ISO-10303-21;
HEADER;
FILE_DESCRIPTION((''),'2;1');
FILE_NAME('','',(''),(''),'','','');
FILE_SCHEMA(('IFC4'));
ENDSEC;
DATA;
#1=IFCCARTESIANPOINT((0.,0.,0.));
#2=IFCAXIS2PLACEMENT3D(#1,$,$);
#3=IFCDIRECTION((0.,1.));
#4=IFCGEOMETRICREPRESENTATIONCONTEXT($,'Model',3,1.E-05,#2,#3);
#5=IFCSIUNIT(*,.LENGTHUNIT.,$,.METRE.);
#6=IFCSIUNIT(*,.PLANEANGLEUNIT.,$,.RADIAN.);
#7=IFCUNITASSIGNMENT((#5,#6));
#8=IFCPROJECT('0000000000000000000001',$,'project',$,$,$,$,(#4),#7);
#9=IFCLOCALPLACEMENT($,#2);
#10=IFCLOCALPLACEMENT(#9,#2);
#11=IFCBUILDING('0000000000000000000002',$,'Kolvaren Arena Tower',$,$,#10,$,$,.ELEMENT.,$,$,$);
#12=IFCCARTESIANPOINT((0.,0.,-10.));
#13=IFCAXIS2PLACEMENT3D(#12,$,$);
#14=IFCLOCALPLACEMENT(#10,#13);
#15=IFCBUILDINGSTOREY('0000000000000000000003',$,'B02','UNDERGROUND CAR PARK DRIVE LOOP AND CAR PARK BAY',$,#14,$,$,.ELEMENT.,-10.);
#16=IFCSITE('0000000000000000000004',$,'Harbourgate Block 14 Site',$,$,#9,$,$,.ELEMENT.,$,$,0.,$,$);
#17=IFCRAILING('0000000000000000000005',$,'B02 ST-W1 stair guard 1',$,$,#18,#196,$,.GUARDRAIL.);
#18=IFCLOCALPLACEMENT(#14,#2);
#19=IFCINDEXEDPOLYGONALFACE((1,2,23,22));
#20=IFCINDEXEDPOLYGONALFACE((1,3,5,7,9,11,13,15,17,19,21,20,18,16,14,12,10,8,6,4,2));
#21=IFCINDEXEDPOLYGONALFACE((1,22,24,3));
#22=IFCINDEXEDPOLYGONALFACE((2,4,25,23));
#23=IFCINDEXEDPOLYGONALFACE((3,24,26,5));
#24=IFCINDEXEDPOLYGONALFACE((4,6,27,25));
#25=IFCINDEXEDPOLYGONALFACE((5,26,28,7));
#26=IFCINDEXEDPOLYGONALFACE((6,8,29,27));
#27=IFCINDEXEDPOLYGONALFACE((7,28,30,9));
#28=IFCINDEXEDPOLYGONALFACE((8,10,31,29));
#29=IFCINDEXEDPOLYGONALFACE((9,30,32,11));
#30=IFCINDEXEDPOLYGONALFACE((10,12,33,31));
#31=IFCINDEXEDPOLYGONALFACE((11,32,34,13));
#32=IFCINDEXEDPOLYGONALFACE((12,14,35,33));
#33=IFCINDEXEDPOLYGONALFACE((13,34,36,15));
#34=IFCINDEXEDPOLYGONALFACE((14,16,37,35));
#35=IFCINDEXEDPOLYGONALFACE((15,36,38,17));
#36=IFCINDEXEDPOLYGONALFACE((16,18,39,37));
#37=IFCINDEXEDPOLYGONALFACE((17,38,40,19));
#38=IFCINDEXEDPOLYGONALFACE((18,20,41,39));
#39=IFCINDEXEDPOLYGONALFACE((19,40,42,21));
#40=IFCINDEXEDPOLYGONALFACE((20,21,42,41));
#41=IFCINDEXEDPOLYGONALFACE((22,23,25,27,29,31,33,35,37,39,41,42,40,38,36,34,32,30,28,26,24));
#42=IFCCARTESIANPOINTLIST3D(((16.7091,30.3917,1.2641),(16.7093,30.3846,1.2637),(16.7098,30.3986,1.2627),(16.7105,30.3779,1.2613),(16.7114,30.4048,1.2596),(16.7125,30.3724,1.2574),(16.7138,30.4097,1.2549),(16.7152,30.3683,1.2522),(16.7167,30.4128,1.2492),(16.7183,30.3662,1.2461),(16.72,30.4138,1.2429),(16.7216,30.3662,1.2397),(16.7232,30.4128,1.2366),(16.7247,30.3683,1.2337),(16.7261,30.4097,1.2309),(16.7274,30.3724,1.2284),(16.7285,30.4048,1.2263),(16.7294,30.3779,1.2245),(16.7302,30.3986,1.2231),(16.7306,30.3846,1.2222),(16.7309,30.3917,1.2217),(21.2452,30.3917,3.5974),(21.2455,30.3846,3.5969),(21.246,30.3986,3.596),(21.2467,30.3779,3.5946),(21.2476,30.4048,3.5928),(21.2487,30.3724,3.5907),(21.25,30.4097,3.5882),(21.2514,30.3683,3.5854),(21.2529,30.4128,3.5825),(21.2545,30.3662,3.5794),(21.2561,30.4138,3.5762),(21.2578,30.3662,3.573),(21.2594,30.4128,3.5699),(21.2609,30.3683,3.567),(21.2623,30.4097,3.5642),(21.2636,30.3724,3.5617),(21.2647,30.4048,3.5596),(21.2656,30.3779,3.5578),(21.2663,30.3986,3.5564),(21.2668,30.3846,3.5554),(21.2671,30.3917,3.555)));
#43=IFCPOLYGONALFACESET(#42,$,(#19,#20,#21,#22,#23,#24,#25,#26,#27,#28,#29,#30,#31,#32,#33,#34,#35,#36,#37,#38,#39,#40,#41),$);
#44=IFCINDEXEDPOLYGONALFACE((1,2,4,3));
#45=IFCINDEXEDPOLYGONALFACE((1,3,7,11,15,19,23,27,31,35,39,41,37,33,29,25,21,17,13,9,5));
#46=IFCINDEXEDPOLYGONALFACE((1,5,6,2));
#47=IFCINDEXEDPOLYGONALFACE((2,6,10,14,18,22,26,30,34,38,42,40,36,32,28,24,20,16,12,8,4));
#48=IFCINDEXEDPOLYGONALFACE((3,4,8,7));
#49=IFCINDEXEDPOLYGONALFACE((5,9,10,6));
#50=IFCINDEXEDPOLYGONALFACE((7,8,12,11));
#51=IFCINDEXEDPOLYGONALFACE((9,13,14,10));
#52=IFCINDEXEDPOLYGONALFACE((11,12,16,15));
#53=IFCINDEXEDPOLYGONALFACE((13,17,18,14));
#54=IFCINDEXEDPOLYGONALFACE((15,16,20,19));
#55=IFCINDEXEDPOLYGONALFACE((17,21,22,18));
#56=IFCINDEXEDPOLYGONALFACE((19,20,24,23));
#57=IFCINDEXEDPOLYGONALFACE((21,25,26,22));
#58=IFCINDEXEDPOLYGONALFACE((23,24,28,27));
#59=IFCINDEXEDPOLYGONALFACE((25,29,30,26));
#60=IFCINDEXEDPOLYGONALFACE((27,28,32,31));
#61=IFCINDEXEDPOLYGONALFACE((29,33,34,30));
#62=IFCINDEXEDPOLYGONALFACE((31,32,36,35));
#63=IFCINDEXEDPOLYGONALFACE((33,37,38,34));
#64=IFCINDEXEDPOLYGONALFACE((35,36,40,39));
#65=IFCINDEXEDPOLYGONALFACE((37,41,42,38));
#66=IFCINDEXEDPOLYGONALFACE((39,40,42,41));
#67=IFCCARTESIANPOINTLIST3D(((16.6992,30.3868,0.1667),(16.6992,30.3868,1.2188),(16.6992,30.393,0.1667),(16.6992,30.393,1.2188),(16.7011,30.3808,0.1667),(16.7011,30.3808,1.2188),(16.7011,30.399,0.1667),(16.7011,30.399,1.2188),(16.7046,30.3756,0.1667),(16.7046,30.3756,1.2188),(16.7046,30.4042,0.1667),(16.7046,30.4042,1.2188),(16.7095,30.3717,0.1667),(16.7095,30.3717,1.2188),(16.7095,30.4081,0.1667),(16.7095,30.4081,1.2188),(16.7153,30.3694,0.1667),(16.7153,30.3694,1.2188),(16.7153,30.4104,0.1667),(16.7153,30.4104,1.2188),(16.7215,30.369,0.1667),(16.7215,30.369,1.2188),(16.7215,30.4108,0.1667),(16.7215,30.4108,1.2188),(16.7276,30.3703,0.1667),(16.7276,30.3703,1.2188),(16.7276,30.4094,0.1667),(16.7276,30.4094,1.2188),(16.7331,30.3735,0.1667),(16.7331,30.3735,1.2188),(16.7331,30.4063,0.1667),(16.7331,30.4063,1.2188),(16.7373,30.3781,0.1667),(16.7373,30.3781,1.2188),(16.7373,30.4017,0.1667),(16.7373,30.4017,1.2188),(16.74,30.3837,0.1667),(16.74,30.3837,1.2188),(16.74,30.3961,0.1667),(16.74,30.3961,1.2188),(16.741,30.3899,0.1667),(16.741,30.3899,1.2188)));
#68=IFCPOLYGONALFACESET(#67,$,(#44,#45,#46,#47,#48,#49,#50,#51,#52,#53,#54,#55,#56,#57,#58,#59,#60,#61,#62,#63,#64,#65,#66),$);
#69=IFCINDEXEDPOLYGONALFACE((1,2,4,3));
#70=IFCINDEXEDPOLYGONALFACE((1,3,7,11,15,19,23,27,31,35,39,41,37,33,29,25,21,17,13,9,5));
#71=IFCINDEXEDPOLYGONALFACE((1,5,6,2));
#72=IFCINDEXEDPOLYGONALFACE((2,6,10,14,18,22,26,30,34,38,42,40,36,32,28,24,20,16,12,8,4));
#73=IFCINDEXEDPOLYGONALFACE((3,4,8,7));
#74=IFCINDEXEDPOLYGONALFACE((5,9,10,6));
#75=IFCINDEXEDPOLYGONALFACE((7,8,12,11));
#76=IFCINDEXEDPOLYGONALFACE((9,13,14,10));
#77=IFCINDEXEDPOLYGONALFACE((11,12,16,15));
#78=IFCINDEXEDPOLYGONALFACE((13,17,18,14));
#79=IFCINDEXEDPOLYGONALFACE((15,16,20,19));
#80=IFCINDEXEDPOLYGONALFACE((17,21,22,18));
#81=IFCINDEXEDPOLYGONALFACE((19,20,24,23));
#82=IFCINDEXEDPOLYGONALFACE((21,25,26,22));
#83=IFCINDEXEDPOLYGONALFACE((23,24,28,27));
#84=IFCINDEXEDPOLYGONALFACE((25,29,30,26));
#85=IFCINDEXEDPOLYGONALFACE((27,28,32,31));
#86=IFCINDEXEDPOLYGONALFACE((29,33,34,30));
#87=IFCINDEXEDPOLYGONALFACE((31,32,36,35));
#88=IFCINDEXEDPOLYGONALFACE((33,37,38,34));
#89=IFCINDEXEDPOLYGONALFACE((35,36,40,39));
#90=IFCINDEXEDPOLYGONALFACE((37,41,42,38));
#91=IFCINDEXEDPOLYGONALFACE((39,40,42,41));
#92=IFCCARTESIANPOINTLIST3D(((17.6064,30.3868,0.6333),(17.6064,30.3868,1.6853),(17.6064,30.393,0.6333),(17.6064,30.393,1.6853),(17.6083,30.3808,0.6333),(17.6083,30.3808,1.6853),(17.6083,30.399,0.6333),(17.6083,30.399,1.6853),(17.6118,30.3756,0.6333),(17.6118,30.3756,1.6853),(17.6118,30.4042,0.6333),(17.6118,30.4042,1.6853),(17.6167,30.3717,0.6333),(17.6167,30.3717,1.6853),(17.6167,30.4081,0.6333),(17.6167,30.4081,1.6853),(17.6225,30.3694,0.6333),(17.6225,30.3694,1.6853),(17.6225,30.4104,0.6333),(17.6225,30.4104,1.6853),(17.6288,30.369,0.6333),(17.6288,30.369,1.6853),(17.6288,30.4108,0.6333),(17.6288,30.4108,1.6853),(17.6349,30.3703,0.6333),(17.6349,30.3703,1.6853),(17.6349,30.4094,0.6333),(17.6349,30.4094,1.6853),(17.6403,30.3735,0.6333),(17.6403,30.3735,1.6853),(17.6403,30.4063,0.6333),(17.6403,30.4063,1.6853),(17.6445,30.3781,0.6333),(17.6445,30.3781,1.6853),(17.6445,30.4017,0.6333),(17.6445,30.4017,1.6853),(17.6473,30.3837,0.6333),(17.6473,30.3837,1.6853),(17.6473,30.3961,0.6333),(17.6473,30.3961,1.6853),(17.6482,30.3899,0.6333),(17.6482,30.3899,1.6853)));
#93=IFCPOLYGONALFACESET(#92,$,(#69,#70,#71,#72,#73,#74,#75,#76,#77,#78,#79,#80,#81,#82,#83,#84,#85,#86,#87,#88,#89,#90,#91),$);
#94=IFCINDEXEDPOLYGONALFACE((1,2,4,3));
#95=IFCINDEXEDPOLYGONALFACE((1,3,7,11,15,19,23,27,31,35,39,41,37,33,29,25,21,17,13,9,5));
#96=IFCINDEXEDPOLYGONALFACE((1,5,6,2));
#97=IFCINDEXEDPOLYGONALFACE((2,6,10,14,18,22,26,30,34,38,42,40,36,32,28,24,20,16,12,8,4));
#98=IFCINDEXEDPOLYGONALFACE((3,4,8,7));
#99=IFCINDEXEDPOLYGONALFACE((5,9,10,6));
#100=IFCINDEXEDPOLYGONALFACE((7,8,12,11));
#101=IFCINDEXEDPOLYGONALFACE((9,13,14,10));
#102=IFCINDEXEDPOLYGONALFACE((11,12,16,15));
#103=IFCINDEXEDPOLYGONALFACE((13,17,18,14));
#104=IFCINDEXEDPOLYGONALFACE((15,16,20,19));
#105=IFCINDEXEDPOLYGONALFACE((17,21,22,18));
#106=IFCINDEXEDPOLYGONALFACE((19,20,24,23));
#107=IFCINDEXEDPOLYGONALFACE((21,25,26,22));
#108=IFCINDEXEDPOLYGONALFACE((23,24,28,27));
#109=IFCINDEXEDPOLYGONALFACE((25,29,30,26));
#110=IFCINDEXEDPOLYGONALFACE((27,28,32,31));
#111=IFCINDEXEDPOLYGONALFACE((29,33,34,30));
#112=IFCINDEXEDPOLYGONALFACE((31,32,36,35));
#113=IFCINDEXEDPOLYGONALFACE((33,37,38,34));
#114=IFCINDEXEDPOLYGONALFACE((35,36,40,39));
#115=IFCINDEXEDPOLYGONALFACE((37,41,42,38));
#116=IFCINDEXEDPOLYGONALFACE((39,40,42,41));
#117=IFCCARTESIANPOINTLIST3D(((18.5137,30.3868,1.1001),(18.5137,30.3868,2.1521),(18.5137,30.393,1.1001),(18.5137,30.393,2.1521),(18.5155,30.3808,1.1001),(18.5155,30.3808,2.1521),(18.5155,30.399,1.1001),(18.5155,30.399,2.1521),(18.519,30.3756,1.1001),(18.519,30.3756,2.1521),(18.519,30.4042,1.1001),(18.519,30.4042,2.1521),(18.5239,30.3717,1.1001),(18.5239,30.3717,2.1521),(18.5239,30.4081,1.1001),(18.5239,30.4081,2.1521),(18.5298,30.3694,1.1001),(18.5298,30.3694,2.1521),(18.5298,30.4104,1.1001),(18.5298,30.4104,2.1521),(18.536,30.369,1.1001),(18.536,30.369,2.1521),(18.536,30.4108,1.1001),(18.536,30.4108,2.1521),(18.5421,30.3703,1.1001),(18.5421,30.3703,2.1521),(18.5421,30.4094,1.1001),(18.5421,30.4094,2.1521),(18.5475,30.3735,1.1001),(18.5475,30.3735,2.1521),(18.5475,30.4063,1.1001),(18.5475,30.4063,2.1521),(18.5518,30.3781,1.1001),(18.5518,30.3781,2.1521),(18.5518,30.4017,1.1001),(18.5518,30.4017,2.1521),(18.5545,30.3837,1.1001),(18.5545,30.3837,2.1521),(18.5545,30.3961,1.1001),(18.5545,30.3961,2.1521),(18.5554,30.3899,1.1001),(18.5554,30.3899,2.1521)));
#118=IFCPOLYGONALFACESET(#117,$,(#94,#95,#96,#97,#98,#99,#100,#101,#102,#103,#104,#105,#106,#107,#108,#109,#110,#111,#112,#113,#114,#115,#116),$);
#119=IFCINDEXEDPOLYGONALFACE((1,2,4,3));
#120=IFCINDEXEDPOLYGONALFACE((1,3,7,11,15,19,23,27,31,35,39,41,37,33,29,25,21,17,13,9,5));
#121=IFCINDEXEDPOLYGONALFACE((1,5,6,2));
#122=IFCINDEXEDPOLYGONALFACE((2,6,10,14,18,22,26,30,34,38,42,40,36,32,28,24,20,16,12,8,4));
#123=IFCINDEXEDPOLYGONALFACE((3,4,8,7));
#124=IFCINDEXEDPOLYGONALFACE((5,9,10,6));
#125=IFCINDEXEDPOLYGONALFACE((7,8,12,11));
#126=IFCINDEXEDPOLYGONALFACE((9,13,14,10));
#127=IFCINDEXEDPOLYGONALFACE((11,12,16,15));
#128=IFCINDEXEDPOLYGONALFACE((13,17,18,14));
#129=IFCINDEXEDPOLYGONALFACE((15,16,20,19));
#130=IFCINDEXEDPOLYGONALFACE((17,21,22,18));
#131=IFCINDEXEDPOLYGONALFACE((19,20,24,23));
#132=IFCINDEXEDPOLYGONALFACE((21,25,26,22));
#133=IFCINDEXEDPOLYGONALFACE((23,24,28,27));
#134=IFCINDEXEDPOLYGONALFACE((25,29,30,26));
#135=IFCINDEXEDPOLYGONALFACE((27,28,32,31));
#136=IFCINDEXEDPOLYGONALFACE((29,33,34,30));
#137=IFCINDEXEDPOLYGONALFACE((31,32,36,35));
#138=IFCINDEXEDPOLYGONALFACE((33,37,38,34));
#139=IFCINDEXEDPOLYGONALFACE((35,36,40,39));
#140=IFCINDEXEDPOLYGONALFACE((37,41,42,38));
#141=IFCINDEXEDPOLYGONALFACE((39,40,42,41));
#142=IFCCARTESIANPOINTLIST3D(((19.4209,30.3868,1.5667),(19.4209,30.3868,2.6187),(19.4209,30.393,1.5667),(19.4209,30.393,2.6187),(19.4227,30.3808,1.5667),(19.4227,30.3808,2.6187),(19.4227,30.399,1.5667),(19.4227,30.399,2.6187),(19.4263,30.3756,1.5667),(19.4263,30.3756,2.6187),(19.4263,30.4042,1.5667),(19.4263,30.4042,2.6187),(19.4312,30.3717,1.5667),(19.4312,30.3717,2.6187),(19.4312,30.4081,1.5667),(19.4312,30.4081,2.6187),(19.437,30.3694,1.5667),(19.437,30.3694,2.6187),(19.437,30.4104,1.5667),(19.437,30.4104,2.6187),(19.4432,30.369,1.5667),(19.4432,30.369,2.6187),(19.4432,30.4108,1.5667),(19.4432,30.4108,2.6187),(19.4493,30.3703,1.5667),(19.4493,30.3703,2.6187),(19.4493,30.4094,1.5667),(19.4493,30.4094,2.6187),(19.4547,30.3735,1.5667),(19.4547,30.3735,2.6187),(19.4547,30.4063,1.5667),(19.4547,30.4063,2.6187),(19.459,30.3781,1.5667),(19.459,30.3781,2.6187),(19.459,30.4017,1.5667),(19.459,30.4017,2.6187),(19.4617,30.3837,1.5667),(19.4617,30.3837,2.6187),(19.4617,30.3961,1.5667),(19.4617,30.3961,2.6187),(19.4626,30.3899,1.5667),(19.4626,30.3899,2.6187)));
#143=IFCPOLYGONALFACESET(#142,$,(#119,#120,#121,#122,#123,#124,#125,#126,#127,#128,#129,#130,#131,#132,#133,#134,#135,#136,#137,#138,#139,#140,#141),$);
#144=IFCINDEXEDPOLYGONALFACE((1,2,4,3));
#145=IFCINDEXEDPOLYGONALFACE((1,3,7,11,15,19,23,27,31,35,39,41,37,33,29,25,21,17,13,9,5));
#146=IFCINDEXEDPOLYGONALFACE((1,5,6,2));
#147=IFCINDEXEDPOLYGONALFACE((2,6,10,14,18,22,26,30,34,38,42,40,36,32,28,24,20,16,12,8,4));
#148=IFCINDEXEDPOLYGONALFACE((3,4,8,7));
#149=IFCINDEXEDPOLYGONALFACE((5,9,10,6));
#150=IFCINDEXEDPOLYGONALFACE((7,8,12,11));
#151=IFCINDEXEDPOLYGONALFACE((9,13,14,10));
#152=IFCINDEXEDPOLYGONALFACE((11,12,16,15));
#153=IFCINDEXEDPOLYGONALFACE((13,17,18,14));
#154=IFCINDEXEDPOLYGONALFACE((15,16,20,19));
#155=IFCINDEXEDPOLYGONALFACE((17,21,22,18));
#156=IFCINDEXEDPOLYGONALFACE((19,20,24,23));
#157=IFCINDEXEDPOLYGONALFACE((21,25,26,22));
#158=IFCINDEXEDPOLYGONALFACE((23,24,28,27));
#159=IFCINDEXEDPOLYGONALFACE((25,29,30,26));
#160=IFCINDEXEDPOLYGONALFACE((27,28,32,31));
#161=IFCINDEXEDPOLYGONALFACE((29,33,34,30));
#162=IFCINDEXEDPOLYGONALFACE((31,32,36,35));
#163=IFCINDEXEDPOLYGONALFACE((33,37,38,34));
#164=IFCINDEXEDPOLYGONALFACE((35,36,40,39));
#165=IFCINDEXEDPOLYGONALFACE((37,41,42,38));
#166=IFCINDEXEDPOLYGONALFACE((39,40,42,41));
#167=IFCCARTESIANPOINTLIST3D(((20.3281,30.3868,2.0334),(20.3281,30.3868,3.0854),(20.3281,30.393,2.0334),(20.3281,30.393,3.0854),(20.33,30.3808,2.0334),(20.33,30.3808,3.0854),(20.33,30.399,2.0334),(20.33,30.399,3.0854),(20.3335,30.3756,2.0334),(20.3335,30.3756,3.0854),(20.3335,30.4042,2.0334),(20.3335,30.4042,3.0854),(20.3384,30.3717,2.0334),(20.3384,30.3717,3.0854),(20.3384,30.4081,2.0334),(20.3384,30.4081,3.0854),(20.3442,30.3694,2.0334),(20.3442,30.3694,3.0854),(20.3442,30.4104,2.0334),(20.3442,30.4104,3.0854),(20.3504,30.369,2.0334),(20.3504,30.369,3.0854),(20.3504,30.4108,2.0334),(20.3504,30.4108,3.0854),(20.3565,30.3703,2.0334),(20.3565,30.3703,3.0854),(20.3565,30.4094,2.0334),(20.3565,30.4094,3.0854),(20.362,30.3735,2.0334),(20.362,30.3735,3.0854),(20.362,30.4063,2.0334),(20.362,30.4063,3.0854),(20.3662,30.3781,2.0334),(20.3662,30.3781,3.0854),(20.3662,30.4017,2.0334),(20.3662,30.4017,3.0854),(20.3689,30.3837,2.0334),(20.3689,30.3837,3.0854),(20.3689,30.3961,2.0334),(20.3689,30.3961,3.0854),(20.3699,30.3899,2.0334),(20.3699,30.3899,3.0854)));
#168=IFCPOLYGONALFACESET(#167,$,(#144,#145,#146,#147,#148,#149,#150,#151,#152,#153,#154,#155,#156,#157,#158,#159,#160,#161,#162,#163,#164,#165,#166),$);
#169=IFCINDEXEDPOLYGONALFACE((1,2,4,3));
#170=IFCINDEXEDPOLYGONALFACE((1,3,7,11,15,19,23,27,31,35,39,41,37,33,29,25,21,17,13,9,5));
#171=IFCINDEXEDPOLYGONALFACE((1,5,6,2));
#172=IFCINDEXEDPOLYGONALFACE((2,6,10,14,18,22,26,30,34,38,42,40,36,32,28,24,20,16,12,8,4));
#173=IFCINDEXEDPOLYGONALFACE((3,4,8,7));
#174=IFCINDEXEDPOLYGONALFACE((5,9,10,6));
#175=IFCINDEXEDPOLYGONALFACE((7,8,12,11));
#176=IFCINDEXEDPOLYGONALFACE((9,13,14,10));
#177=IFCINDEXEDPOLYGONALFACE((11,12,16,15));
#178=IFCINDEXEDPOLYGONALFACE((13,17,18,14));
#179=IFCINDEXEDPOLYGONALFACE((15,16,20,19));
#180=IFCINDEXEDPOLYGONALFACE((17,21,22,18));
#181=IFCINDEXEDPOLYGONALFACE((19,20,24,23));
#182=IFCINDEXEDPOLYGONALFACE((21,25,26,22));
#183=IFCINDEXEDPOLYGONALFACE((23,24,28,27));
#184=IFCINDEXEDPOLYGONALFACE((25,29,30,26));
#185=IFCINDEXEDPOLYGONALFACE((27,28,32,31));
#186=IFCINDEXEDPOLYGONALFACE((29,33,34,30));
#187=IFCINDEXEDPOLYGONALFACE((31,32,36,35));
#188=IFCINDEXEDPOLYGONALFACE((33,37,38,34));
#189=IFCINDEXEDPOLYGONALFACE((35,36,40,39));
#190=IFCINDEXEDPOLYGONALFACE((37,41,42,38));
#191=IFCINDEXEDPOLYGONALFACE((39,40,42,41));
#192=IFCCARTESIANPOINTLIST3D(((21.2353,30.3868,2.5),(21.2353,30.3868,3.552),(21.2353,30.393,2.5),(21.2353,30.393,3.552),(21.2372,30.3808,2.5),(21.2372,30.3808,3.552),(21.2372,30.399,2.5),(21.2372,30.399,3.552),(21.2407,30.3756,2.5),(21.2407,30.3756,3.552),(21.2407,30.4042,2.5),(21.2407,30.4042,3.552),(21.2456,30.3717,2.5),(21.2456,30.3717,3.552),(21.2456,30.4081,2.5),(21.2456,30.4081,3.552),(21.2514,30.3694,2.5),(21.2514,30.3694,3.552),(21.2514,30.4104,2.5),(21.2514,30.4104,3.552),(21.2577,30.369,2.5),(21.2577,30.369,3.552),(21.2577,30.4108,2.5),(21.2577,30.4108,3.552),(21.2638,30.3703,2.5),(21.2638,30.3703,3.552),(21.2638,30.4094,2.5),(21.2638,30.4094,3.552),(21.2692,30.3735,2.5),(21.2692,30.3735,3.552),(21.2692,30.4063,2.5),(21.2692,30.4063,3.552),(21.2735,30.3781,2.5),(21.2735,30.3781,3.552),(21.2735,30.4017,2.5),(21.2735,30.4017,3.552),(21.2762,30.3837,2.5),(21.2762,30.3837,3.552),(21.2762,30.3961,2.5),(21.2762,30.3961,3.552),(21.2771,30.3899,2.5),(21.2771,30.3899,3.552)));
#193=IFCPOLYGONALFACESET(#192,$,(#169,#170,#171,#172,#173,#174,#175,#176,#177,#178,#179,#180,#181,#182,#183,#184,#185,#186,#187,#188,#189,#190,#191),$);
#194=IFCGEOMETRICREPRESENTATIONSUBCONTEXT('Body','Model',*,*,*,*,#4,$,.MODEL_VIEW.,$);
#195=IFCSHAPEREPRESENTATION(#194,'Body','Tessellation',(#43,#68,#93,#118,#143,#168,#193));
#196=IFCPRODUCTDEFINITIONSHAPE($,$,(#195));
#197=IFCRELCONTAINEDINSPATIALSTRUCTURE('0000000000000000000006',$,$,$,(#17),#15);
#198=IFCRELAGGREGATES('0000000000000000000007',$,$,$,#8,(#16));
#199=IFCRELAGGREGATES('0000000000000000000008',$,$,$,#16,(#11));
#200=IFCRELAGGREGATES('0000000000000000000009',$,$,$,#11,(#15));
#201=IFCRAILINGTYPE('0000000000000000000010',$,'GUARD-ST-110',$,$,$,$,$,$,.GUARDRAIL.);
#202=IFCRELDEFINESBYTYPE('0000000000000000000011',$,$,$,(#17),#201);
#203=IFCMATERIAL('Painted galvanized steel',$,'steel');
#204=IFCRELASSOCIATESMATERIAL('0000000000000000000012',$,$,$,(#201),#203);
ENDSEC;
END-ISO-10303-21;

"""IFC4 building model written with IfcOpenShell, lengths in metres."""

from ifc_helpers import new_model, si_unit, direction, frame, origin, origin_2d, place, context, subcontext, project, spatial, circle, extrude, material, type_object, element, save


model = new_model("IFC4")

# Units and contexts
model_context = context("Model", 3, precision=1e-05, world=origin(), true_north=direction((0.0, 1.0)))
body_context = subcontext(model_context, "Body", "Model", "MODEL_VIEW")
ifc_project = project(units=[si_unit("LENGTHUNIT", "METRE"), si_unit("PLANEANGLEUNIT", "RADIAN")], contexts=[model_context])

# Site, building, storey
site_placement = place(None, origin())
site = spatial("IfcSite", under=ifc_project, at=site_placement, Name="Harbourgate Block 14 Site", CompositionType="ELEMENT", RefElevation=0.0)
building_placement = place(site_placement, origin())
building = spatial("IfcBuilding", under=site, at=building_placement, Name="Kolvaren Arena Tower", CompositionType="ELEMENT")
storey_placement = place(building_placement, frame((0.0, 0.0, -10.0)))
storey = spatial("IfcBuildingStorey", under=building, at=storey_placement, Name="B02", Description="UNDERGROUND CAR PARK DRIVE LOOP AND CAR PARK BAY", CompositionType="ELEMENT", Elevation=-10.0)

# Railing
ifc_material_1 = material(Name="Painted galvanized steel", Category="steel")
railing_type_1 = type_object("IfcRailingType", Name="GUARD-ST-110", PredefinedType="GUARDRAIL", material=ifc_material_1)
railing_1_placement = place(storey_placement, frame((16.72, 30.3899, 0.1667)))
element("IfcRailing", 1, at=railing_1_placement, inside=storey, type_object=railing_type_1, Name="B02 ST-W1 stair guard 1", PredefinedType="GUARDRAIL", context=body_context, shape_type="SweptSolid", body=[
    extrude(circle(Radius=0.0239, at=origin_2d()), frame((0.0, 0.0, 1.0762), z_axis=(0.889257, 0.0, 0.457407), x_axis=(0.0, 1.0, 0.0)), (0.0, 0.0, 1.0), 5.1011),
    extrude(circle(Radius=0.021, at=origin_2d()), origin(), (0.0, 0.0, 1.0), 1.052),
    extrude(circle(Radius=0.021, at=origin_2d()), frame((0.9072, 0.0, 0.4666)), (0.0, 0.0, 1.0), 1.052),
    extrude(circle(Radius=0.021, at=origin_2d()), frame((1.8145, 0.0, 0.9333)), (0.0, 0.0, 1.0), 1.052),
    extrude(circle(Radius=0.021, at=origin_2d()), frame((2.7217, 0.0, 1.3999)), (0.0, 0.0, 1.0), 1.052),
    extrude(circle(Radius=0.021, at=origin_2d()), frame((3.6289, 0.0, 1.8667)), (0.0, 0.0, 1.0), 1.052),
    extrude(circle(Radius=0.021, at=origin_2d()), frame((4.5361, 0.0, 2.3333)), (0.0, 0.0, 1.0), 1.052),
])

save(model, "model.ifc")
